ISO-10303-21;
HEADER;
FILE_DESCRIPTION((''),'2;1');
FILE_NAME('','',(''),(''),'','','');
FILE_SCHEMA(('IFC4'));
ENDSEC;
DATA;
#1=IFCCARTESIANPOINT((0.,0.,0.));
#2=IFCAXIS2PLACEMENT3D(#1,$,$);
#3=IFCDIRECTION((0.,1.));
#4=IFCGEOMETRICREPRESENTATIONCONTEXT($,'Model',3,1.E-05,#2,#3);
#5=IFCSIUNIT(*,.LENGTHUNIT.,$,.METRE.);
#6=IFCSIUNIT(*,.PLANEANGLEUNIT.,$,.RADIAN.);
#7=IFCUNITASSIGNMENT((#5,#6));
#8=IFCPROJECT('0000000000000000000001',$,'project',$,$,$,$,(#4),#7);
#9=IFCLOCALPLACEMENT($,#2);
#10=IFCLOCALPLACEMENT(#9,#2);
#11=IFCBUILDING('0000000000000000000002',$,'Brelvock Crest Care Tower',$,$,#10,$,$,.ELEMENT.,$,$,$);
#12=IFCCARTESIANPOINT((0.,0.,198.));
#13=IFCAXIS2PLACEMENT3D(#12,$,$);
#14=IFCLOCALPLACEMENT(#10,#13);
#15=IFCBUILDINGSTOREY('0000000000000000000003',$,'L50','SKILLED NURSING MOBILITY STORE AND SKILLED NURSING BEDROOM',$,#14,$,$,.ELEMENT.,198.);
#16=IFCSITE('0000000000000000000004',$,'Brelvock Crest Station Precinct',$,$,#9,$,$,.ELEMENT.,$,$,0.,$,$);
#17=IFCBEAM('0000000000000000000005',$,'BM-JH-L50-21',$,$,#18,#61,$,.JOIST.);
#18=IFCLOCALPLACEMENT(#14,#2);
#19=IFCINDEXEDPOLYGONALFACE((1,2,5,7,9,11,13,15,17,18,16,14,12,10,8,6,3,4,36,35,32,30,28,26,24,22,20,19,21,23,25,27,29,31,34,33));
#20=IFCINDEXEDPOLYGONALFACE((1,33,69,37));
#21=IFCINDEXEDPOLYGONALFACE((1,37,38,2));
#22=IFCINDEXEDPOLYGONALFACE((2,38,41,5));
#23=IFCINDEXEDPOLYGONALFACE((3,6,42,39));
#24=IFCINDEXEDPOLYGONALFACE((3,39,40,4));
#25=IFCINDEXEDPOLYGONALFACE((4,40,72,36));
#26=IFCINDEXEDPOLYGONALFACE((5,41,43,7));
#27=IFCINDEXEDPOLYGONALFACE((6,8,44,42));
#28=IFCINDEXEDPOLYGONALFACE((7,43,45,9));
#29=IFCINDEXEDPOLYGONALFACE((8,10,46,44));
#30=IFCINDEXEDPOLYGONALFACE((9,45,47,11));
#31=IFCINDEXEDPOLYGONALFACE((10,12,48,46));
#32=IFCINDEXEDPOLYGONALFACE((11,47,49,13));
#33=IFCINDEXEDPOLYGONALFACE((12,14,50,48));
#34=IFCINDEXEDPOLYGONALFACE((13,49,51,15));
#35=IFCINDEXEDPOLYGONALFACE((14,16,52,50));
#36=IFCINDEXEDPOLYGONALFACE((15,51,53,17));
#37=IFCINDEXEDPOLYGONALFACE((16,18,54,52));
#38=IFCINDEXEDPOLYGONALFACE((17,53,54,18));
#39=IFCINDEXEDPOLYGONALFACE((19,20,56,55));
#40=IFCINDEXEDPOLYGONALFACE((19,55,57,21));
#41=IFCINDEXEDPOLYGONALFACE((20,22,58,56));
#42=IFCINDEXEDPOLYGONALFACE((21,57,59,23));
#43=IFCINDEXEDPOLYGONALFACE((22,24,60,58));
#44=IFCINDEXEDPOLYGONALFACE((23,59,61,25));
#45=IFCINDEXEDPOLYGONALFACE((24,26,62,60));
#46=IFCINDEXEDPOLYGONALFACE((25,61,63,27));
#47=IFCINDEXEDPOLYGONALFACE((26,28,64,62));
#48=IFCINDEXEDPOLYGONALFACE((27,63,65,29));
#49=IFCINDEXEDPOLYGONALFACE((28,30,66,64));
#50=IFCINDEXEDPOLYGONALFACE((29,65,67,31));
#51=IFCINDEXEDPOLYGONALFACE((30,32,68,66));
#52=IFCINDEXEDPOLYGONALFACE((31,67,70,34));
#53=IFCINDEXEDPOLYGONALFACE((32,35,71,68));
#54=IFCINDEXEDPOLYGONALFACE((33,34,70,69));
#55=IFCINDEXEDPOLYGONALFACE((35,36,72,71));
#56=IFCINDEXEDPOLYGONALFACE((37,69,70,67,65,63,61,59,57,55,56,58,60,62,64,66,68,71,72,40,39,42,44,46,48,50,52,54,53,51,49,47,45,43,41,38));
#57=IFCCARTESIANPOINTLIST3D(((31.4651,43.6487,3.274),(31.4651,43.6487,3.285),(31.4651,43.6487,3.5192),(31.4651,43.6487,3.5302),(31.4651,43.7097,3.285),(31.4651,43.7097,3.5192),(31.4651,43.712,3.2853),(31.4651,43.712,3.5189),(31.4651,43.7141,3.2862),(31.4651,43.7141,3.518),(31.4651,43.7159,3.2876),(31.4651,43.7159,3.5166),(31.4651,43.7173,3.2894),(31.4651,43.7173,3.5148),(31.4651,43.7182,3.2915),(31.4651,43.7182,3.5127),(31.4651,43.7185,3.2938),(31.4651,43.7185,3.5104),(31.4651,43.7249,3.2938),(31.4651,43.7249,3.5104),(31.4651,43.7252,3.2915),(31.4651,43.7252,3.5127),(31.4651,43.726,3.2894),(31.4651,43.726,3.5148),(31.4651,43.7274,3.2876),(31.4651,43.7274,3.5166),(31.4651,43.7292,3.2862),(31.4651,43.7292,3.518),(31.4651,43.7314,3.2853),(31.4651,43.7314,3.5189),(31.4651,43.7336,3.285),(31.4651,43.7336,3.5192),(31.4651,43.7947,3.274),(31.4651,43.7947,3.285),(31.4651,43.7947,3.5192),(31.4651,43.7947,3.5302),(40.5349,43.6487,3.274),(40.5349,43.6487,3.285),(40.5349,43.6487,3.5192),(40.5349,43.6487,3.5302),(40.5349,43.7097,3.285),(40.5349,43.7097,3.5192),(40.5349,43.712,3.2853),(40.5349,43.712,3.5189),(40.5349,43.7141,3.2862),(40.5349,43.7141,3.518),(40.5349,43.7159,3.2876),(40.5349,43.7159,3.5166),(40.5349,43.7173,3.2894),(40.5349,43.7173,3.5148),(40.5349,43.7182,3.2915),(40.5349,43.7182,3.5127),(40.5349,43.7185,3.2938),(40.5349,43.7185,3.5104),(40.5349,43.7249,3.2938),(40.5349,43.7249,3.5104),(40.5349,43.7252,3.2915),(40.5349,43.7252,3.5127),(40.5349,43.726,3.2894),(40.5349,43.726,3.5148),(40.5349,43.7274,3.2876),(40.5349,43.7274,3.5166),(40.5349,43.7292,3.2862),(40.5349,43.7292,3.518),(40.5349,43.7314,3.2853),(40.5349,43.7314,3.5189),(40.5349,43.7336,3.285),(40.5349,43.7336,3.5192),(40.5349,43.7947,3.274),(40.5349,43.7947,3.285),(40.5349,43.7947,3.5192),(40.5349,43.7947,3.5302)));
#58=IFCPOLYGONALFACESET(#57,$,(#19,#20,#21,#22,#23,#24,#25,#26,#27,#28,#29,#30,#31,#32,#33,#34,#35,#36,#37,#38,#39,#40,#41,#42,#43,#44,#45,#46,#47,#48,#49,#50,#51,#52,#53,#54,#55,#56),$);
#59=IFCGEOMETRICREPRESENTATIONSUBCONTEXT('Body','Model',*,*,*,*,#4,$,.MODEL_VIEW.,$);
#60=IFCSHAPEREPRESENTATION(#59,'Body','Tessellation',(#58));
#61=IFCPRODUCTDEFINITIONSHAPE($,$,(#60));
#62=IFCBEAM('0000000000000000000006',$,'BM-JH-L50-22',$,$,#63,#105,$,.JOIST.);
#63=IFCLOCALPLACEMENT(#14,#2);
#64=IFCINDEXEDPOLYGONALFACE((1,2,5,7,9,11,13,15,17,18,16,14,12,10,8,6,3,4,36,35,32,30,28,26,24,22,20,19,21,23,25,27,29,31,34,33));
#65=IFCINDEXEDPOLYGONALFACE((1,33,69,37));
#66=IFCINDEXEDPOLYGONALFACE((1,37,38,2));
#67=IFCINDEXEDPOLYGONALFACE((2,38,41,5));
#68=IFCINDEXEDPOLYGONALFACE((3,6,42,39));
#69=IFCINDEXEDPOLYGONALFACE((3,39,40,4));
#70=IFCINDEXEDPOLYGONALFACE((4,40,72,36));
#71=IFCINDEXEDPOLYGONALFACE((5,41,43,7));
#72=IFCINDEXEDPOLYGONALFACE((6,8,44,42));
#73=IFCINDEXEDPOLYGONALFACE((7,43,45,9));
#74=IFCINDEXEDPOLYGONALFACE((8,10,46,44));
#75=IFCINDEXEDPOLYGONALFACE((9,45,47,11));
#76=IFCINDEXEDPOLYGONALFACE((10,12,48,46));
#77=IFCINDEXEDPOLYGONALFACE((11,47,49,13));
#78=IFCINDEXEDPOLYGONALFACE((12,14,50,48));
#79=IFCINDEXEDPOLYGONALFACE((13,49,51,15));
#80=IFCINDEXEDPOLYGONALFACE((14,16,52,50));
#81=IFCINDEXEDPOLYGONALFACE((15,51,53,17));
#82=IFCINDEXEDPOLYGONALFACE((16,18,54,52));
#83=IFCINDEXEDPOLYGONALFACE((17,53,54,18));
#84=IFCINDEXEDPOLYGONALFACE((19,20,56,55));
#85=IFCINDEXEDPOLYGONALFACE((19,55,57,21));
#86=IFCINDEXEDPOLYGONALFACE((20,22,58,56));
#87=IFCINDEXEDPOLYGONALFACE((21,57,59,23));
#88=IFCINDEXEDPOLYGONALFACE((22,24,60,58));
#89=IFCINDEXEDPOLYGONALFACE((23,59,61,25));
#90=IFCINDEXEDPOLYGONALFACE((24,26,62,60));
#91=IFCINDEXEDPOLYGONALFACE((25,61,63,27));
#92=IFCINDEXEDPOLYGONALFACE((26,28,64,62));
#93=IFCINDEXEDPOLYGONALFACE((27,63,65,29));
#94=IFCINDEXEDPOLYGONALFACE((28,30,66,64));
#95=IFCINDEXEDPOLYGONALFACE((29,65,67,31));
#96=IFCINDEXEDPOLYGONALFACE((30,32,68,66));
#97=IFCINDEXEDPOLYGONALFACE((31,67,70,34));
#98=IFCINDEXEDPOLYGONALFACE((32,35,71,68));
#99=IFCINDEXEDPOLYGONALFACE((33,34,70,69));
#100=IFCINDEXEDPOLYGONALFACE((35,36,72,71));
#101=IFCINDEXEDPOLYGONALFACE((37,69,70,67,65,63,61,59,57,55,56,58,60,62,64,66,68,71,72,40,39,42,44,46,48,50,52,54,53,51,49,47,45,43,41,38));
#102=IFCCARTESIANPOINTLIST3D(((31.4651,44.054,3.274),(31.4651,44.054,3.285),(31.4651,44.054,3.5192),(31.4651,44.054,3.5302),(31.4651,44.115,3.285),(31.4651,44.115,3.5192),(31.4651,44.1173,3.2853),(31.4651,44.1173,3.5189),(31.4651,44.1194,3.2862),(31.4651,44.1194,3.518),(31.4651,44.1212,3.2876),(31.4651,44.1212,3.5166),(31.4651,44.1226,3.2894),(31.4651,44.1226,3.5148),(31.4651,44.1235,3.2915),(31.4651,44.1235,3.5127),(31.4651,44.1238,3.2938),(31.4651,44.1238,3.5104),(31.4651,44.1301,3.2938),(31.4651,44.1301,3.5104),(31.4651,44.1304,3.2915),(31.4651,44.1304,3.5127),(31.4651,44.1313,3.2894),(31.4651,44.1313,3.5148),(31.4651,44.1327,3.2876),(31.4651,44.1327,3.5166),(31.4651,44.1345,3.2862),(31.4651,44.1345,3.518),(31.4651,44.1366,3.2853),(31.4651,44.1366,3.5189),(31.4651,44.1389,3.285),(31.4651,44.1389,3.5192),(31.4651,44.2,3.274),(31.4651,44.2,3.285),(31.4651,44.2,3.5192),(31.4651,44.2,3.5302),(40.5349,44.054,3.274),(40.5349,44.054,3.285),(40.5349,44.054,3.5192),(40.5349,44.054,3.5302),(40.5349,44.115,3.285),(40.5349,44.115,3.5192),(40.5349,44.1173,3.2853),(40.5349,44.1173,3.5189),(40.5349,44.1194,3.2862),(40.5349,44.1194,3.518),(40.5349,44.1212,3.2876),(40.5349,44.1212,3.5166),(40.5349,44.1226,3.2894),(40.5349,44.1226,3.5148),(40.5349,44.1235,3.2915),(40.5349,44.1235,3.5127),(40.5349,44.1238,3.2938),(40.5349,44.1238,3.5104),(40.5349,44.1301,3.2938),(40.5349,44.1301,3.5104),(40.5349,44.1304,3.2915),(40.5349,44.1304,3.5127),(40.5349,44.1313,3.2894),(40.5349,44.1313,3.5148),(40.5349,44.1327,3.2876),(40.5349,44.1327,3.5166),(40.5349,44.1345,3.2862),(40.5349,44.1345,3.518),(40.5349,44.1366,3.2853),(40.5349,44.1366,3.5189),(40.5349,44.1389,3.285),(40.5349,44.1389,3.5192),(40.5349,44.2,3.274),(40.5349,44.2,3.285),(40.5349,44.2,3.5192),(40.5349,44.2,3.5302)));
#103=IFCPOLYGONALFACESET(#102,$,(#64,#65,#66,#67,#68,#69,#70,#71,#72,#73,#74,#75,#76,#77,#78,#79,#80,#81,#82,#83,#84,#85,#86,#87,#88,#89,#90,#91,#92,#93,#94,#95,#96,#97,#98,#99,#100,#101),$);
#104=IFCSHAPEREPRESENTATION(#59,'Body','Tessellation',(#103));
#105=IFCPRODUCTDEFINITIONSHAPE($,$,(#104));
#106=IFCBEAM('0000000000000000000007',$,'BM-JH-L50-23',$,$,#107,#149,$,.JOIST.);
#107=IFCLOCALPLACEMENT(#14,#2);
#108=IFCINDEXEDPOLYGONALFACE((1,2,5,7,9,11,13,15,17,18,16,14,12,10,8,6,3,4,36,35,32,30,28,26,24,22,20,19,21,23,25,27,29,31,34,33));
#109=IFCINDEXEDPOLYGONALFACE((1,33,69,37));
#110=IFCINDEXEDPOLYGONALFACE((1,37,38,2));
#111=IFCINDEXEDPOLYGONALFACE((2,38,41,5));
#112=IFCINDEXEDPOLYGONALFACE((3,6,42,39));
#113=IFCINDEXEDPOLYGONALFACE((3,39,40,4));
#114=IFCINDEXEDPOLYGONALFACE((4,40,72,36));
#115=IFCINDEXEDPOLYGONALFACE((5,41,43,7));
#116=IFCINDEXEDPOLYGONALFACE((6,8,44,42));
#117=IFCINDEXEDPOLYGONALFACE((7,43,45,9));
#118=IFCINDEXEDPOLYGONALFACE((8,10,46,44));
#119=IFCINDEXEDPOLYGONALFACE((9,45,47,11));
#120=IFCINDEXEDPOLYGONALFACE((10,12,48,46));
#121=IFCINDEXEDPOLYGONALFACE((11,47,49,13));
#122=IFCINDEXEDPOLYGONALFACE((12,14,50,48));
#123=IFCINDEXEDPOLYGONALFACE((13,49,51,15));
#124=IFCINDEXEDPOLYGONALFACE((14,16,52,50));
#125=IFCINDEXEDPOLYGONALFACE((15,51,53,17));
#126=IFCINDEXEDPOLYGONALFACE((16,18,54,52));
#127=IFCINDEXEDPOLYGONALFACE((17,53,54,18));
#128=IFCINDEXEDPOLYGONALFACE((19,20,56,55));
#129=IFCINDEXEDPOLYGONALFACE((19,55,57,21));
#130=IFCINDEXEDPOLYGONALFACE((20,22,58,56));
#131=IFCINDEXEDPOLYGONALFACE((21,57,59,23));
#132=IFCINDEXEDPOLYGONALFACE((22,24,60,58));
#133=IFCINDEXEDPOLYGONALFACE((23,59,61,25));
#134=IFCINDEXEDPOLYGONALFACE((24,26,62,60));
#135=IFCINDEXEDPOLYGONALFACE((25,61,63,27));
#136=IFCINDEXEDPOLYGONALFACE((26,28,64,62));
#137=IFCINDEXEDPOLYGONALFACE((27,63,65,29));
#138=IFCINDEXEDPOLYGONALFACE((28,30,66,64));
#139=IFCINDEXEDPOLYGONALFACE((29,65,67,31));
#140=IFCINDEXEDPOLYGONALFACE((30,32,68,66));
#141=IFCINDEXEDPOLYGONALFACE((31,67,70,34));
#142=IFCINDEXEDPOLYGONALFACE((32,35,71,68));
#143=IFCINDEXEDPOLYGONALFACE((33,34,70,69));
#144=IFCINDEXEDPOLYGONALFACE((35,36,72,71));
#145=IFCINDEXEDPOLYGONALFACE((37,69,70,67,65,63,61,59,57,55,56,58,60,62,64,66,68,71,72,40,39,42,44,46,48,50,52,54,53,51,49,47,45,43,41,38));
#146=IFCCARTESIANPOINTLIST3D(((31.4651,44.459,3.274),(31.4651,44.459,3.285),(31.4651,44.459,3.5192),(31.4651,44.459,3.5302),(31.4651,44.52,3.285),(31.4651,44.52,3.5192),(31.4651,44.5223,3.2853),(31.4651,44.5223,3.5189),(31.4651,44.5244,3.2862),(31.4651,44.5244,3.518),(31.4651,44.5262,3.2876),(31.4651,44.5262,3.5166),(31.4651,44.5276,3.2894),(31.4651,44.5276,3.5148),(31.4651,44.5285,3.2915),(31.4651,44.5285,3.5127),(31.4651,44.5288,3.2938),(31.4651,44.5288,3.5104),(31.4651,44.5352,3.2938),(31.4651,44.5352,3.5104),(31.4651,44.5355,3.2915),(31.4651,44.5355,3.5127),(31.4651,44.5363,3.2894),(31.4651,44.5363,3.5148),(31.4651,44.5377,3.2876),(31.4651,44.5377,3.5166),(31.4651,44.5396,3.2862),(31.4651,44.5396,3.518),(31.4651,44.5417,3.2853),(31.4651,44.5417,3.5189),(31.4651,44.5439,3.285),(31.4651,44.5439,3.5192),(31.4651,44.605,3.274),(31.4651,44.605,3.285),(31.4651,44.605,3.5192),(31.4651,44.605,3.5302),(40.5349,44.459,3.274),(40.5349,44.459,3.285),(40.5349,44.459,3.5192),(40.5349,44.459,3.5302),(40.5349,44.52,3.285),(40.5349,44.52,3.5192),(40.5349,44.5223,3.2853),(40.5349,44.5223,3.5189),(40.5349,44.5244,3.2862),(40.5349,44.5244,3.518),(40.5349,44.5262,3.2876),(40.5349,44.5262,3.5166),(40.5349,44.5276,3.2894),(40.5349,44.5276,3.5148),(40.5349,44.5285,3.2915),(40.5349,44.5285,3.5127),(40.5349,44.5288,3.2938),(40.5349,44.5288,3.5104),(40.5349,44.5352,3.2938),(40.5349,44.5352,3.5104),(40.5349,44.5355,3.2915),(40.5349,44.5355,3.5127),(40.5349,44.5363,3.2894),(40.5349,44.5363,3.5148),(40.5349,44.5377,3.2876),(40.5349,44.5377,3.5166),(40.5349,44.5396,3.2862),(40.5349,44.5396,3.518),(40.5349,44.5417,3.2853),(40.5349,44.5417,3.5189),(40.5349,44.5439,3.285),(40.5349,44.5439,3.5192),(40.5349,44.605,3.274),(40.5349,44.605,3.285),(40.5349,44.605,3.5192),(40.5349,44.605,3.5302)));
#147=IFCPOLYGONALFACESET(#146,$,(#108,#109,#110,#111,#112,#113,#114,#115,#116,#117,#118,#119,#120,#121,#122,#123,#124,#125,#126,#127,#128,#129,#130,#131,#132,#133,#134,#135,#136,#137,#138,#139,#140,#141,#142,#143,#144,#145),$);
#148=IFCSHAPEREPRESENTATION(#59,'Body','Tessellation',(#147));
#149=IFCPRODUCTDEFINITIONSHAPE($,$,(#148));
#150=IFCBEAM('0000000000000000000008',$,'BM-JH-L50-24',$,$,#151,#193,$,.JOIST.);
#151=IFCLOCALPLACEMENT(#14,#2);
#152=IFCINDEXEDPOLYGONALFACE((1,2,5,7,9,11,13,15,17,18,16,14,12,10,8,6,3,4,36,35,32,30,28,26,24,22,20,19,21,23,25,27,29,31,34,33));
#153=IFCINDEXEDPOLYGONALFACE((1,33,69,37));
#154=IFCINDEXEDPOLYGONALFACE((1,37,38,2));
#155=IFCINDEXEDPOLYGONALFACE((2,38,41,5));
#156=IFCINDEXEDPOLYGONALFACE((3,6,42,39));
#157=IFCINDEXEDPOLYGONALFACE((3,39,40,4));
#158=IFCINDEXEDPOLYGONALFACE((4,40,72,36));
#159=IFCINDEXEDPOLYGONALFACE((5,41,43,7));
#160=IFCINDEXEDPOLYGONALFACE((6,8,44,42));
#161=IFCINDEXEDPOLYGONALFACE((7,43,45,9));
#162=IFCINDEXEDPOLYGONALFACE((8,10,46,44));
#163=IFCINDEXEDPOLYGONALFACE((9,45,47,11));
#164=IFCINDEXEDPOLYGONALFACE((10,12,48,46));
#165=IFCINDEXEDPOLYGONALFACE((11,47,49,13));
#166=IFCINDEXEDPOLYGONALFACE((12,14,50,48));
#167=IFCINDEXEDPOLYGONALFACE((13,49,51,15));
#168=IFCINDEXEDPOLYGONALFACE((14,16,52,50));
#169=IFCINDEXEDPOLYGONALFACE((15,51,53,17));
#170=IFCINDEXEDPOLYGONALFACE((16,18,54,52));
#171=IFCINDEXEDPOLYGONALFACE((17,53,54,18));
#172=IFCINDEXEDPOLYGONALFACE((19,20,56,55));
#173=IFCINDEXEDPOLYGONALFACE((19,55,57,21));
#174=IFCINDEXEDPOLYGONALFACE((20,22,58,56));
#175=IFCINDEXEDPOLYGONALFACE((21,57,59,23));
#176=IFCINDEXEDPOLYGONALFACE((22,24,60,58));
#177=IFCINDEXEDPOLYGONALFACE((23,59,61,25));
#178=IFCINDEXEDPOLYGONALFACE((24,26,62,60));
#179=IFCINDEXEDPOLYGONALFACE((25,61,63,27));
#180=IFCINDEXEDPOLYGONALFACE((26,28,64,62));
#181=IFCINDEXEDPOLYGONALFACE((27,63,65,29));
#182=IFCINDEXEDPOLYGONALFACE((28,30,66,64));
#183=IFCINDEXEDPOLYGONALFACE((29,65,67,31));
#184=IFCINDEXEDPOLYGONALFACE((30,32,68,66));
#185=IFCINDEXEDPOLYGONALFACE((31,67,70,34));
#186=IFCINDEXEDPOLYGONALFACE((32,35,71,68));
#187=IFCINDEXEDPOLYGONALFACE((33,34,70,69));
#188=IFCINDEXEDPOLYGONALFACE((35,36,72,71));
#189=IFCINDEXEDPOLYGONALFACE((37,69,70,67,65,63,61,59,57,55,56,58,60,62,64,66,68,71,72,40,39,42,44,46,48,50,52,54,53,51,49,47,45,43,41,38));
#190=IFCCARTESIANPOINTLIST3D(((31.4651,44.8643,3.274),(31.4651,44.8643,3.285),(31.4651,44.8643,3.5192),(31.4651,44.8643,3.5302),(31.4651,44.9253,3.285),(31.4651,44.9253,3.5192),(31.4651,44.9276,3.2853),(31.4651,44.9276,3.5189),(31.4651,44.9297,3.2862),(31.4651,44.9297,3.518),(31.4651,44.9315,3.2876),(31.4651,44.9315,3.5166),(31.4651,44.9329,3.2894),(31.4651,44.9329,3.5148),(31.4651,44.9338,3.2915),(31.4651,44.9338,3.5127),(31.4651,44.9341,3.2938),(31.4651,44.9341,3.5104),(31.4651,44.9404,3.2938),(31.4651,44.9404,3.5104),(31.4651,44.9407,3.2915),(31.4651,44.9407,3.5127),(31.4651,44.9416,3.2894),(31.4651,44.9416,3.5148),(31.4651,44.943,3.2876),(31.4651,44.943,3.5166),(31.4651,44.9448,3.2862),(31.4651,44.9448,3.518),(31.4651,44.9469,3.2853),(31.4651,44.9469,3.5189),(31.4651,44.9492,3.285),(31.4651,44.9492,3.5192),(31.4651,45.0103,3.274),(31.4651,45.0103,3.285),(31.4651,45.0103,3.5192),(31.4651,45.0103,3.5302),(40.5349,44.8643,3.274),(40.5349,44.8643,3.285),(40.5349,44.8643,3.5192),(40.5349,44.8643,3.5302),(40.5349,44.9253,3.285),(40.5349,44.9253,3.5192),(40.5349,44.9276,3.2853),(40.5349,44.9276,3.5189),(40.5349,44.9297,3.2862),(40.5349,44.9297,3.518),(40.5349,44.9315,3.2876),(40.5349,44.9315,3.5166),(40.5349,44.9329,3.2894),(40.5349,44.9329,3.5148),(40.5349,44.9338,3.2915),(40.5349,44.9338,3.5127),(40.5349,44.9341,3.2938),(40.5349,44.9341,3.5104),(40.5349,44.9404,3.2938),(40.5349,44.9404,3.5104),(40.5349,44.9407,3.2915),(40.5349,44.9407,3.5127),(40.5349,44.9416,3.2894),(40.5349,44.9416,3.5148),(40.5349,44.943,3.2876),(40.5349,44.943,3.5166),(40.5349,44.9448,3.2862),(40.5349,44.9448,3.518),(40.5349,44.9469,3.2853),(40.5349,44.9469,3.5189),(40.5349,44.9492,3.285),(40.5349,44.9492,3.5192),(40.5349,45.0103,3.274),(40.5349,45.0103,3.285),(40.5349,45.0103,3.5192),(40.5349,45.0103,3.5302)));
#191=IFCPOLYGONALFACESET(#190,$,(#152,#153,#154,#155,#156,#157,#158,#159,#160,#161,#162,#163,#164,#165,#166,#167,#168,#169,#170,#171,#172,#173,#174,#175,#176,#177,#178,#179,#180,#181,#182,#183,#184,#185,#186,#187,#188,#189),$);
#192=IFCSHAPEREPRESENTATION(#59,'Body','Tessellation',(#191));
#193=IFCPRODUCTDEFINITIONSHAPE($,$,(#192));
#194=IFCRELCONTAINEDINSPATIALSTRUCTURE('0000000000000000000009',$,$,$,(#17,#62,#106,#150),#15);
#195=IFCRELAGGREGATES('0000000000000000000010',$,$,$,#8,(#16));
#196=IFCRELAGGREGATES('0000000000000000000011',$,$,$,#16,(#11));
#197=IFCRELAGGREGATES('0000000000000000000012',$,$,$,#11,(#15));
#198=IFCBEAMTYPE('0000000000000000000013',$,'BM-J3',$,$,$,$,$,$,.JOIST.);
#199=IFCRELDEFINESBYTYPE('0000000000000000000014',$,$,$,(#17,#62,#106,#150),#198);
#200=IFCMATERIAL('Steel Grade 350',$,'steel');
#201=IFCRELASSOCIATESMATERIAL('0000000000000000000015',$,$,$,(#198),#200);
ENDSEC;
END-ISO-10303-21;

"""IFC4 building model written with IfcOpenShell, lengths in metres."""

from ifc_helpers import new_model, si_unit, direction, frame, origin, origin_2d, place, context, subcontext, project, spatial, i_section, extrude, source, transform, mapped, material, material_profile, profile_set, type_object, element, save


model = new_model("IFC4")

# Units and contexts
model_context = context("Model", 3, precision=1e-05, world=origin(), true_north=direction((0.0, 1.0)))
body_context = subcontext(model_context, "Body", "Model", "MODEL_VIEW")
ifc_project = project(units=[si_unit("LENGTHUNIT", "METRE"), si_unit("PLANEANGLEUNIT", "RADIAN")], contexts=[model_context])

# Site, building, storey
site_placement = place(None, origin())
site = spatial("IfcSite", under=ifc_project, at=site_placement, Name="Brelvock Crest Station Precinct", CompositionType="ELEMENT", RefElevation=0.0)
building_placement = place(site_placement, origin())
building = spatial("IfcBuilding", under=site, at=building_placement, Name="Brelvock Crest Care Tower", CompositionType="ELEMENT")
storey_placement = place(building_placement, frame((0.0, 0.0, 198.0)))
storey = spatial("IfcBuildingStorey", under=building, at=storey_placement, Name="L50", Description="SKILLED NURSING MOBILITY STORE AND SKILLED NURSING BEDROOM", CompositionType="ELEMENT", Elevation=198.0)

# Beams
ifc_material_1 = material(Name="Steel Grade 350", Category="steel")
ifc_material_profile_1 = material_profile(ifc_material_1, i_section(OverallWidth=0.146, OverallDepth=0.2561, WebThickness=0.0063, FlangeThickness=0.011, FilletRadius=0.0088, at=origin_2d()), Name="250UB37.3")
ifc_profile_set_1 = profile_set([ifc_material_profile_1], Name="Steel Grade 350")
beam_type_1 = type_object("IfcBeamType", Name="BM-J3", PredefinedType="JOIST", material=ifc_profile_set_1)
shared_shape_1 = source(origin(), body_context, "Body", "SweptSolid", [
    extrude(i_section(OverallWidth=0.146, OverallDepth=0.2561, WebThickness=0.0063, FlangeThickness=0.011, FilletRadius=0.0088, at=origin_2d()), origin(), (0.0, 0.0, 1.0), 9.0698),
])
for number, where, z_axis, x_axis, name in (
    (1, (31.4651, 43.7217, 3.4021), (1.0, 0.0, 0.0), (0.0, 1.0, 0.0), "BM-JH-L50-21"),
    (2, (31.4651, 44.127, 3.4021), (1.0, 0.0, 0.0), (0.0, 1.0, 0.0), "BM-JH-L50-22"),
    (3, (31.4651, 44.532, 3.4021), (1.0, 0.0, 0.0), (0.0, 1.0, 0.0), "BM-JH-L50-23"),
    (4, (31.4651, 44.9373, 3.4021), (1.0, 0.0, 0.0), (0.0, 1.0, 0.0), "BM-JH-L50-24"),
):
    element("IfcBeam", number, at=place(storey_placement, frame(where, z_axis=z_axis, x_axis=x_axis)), inside=storey, type_object=beam_type_1, Name=name, PredefinedType="JOIST", context=body_context, shape_type="MappedRepresentation", body=[
        mapped(shared_shape_1, transform((0.0, 0.0, 0.0), x_axis=(1.0, 0.0, 0.0), y_axis=(0.0, 1.0, 0.0), z_axis=(0.0, 0.0, 1.0), scale=1.0)),
    ])

save(model, "model.ifc")
